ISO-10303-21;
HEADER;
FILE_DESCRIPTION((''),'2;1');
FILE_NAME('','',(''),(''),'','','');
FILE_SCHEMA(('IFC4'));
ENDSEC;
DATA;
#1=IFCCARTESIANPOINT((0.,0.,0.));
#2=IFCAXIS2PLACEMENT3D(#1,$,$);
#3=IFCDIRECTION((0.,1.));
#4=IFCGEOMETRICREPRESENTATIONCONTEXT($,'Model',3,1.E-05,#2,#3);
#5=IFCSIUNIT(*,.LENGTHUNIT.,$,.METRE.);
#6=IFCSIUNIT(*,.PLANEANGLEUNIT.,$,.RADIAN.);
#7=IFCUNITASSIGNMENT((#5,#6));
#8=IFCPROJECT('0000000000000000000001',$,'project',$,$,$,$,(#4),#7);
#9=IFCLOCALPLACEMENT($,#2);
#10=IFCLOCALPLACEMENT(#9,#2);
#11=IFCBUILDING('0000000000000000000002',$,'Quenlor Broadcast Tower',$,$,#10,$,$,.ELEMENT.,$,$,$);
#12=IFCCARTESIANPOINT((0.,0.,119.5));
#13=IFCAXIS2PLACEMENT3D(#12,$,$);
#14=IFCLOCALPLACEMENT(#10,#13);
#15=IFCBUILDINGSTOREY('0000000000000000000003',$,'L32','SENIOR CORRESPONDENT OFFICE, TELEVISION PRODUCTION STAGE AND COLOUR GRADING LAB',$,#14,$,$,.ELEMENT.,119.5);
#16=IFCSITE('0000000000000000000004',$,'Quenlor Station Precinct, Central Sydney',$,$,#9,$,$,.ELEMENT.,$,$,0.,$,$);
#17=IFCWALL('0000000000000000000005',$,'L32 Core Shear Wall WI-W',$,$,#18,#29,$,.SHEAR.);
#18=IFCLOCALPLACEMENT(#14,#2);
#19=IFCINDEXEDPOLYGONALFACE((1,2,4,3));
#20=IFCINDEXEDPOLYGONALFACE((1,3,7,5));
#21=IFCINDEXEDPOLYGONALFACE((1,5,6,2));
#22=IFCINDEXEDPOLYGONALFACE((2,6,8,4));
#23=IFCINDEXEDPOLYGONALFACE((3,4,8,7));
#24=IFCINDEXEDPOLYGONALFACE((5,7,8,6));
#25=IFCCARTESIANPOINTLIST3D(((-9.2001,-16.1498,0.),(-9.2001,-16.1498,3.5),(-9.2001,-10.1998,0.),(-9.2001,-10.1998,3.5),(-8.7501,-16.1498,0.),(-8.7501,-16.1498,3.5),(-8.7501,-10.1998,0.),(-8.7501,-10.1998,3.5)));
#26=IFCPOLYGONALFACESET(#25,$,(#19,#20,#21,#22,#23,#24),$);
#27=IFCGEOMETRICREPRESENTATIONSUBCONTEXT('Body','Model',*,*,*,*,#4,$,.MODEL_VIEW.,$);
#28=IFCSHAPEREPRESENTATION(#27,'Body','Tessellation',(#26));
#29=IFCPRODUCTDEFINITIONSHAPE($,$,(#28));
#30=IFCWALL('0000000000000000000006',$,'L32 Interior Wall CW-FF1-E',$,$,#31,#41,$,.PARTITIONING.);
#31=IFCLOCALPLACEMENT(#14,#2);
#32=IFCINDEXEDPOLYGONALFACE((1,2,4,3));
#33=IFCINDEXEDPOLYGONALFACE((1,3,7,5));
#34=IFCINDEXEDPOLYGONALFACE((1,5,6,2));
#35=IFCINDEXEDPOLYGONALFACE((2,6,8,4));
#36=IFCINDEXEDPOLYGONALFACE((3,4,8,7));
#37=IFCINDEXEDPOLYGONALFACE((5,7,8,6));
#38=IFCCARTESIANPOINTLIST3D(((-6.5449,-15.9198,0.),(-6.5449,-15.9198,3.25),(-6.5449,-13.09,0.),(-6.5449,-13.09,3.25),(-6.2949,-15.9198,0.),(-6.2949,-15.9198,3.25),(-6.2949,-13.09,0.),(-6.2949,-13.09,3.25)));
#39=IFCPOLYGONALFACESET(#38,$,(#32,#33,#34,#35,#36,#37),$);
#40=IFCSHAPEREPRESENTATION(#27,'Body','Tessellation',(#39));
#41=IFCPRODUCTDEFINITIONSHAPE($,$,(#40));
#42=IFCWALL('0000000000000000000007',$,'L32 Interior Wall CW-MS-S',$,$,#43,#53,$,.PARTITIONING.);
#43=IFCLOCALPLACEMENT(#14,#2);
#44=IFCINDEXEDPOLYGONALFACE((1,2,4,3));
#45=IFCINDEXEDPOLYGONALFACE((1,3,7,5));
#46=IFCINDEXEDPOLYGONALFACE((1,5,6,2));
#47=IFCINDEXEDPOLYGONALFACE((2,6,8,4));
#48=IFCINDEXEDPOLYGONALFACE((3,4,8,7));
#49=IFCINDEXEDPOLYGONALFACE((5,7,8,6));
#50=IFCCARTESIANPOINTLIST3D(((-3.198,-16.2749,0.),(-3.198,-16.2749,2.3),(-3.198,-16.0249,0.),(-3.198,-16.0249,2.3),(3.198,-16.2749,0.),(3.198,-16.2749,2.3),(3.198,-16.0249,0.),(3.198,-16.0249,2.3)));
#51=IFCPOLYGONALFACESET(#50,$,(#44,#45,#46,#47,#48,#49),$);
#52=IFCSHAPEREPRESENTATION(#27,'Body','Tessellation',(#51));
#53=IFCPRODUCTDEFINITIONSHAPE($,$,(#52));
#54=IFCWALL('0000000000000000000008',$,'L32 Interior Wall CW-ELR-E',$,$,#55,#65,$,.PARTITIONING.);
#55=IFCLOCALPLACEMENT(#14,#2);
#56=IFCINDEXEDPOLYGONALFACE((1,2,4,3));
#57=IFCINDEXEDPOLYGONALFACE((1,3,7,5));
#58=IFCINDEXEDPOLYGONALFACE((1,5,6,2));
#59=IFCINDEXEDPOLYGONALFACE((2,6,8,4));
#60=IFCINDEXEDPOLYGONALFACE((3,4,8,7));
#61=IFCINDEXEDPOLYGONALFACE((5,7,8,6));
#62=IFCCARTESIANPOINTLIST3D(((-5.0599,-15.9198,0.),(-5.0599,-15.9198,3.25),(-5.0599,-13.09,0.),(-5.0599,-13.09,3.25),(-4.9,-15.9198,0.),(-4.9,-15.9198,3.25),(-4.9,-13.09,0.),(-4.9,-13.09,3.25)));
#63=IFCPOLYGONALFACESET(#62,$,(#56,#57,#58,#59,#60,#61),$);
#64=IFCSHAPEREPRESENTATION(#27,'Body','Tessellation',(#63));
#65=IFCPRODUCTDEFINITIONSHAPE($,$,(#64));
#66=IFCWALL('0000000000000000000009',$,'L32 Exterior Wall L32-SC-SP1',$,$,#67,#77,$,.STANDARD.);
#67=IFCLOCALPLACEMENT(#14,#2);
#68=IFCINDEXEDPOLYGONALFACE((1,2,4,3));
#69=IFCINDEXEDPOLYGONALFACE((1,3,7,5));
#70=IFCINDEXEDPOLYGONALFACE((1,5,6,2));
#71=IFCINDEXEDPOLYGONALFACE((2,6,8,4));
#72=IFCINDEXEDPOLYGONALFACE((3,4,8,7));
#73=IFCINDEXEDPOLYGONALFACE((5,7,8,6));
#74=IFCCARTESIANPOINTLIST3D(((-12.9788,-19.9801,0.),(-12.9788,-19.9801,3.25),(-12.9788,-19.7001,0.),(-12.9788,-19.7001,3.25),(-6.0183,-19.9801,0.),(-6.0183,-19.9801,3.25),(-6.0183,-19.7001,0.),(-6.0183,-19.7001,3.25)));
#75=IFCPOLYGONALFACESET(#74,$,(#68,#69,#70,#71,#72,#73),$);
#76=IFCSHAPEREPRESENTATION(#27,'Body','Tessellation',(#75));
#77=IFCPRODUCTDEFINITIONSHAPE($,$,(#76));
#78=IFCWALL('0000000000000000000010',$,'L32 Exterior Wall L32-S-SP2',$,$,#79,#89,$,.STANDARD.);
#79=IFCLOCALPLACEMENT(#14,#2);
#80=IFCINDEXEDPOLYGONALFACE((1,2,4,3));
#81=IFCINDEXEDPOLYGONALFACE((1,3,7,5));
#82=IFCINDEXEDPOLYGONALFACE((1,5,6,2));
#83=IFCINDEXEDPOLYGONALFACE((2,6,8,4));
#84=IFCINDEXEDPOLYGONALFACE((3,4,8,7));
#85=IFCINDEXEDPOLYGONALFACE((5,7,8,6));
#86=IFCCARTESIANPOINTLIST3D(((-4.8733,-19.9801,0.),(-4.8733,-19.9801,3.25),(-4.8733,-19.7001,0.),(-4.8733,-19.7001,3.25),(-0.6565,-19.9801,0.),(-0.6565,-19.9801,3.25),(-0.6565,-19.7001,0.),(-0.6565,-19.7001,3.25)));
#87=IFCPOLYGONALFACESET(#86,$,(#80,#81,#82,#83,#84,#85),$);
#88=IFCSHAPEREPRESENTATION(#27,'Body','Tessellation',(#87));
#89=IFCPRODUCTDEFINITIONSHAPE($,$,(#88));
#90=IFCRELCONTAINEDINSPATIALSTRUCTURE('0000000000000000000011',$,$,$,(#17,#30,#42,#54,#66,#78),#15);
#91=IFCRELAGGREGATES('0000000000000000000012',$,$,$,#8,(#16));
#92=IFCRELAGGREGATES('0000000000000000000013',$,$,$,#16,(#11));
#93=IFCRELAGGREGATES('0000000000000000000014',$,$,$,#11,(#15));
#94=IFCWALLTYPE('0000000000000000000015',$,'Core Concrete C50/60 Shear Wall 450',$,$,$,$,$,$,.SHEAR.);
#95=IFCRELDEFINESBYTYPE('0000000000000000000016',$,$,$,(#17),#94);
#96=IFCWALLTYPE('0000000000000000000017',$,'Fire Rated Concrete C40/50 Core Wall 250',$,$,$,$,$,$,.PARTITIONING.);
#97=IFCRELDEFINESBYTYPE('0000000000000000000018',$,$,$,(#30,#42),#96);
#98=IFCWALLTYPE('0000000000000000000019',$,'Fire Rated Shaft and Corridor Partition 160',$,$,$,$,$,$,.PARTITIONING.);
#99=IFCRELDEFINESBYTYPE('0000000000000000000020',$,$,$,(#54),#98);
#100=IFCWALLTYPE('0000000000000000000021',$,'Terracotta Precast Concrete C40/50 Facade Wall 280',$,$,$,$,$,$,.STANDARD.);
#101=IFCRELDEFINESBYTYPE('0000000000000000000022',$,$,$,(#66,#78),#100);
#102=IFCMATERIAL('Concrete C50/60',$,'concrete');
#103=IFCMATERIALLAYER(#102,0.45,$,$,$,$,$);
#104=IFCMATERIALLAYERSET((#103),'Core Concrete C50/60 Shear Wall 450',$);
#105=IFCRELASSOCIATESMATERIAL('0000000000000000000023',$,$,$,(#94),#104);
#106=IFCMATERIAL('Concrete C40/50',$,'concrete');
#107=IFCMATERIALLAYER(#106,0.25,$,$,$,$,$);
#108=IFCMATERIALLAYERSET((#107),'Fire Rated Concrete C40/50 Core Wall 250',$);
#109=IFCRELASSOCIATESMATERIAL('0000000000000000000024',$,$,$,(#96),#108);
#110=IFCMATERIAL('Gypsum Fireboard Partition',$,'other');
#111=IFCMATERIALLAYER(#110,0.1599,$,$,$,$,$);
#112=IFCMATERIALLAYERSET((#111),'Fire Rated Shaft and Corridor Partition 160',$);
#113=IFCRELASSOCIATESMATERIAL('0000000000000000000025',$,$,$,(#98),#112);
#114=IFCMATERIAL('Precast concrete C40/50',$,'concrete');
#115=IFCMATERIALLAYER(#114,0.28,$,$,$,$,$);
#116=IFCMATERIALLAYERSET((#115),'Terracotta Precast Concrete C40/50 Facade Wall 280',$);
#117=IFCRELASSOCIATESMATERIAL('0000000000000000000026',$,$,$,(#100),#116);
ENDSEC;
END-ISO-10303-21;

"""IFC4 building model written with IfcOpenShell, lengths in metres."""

from ifc_helpers import new_model, si_unit, direction, frame, frame_2d, origin, place, context, subcontext, project, spatial, rectangle, extrude, material, layer, layer_set, type_object, element, save


model = new_model("IFC4")

# Units and contexts
model_context = context("Model", 3, precision=1e-05, world=origin(), true_north=direction((0.0, 1.0)))
body_context = subcontext(model_context, "Body", "Model", "MODEL_VIEW")
ifc_project = project(units=[si_unit("LENGTHUNIT", "METRE"), si_unit("PLANEANGLEUNIT", "RADIAN")], contexts=[model_context])

# Site, building, storey
site_placement = place(None, origin())
site = spatial("IfcSite", under=ifc_project, at=site_placement, Name="Quenlor Station Precinct, Central Sydney", CompositionType="ELEMENT", RefElevation=0.0)
building_placement = place(site_placement, origin())
building = spatial("IfcBuilding", under=site, at=building_placement, Name="Quenlor Broadcast Tower", CompositionType="ELEMENT")
storey_placement = place(building_placement, frame((0.0, 0.0, 119.5)))
storey = spatial("IfcBuildingStorey", under=building, at=storey_placement, Name="L32", Description="SENIOR CORRESPONDENT OFFICE, TELEVISION PRODUCTION STAGE AND COLOUR GRADING LAB", CompositionType="ELEMENT", Elevation=119.5)

# Walls
ifc_material_1 = material(Name="Concrete C50/60", Category="concrete")
ifc_layer_1 = layer(ifc_material_1, 0.45)
ifc_layer_set_1 = layer_set([ifc_layer_1], Name="Core Concrete C50/60 Shear Wall 450")
wall_type_1 = type_object("IfcWallType", Name="Core Concrete C50/60 Shear Wall 450", PredefinedType="SHEAR", material=ifc_layer_set_1)
wall_1_placement = place(storey_placement, frame((-8.9751, -16.1499, 0.0), z_axis=(0.0, 0.0, 1.0), x_axis=(0.0, 1.0, 0.0)))
element("IfcWall", 1, at=wall_1_placement, inside=storey, type_object=wall_type_1, Name="L32 Core Shear Wall WI-W", PredefinedType="SHEAR", context=body_context, shape_type="SweptSolid", body=[
    extrude(rectangle(XDim=5.95, YDim=0.45, at=frame_2d((2.9751, 0.0))), origin(), (0.0, 0.0, 1.0), 3.5),
])
ifc_material_2 = material(Name="Concrete C40/50", Category="concrete")
ifc_layer_2 = layer(ifc_material_2, 0.25)
ifc_layer_set_2 = layer_set([ifc_layer_2], Name="Fire Rated Concrete C40/50 Core Wall 250")
wall_type_2 = type_object("IfcWallType", Name="Fire Rated Concrete C40/50 Core Wall 250", PredefinedType="PARTITIONING", material=ifc_layer_set_2)
wall_2_placement = place(storey_placement, frame((-6.4199, -15.9199, 0.0), z_axis=(0.0, 0.0, 1.0), x_axis=(0.0, 1.0, 0.0)))
element("IfcWall", 2, at=wall_2_placement, inside=storey, type_object=wall_type_2, Name="L32 Interior Wall CW-FF1-E", PredefinedType="PARTITIONING", context=body_context, shape_type="SweptSolid", body=[
    extrude(rectangle(XDim=2.8298, YDim=0.25, at=frame_2d((1.415, 0.0))), origin(), (0.0, 0.0, 1.0), 3.25),
])
wall_3_placement = place(storey_placement, frame((-3.198, -16.1499, 0.0), z_axis=(0.0, 0.0, 1.0), x_axis=(1.0, 0.0, 0.0)))
element("IfcWall", 3, at=wall_3_placement, inside=storey, type_object=wall_type_2, Name="L32 Interior Wall CW-MS-S", PredefinedType="PARTITIONING", context=body_context, shape_type="SweptSolid", body=[
    extrude(rectangle(XDim=6.396, YDim=0.25, at=frame_2d((3.198, 0.0))), origin(), (0.0, 0.0, 1.0), 2.3),
])
ifc_material_3 = material(Name="Gypsum Fireboard Partition", Category="other")
ifc_layer_3 = layer(ifc_material_3, 0.1599)
ifc_layer_set_3 = layer_set([ifc_layer_3], Name="Fire Rated Shaft and Corridor Partition 160")
wall_type_3 = type_object("IfcWallType", Name="Fire Rated Shaft and Corridor Partition 160", PredefinedType="PARTITIONING", material=ifc_layer_set_3)
wall_4_placement = place(storey_placement, frame((-4.98, -15.9199, 0.0), z_axis=(0.0, 0.0, 1.0), x_axis=(0.0, 1.0, 0.0)))
element("IfcWall", 4, at=wall_4_placement, inside=storey, type_object=wall_type_3, Name="L32 Interior Wall CW-ELR-E", PredefinedType="PARTITIONING", context=body_context, shape_type="SweptSolid", body=[
    extrude(rectangle(XDim=2.8298, YDim=0.1599, at=frame_2d((1.415, 0.0))), origin(), (0.0, 0.0, 1.0), 3.25),
])

# Walls
ifc_material_4 = material(Name="Precast concrete C40/50", Category="concrete")
ifc_layer_4 = layer(ifc_material_4, 0.28)
ifc_layer_set_4 = layer_set([ifc_layer_4], Name="Terracotta Precast Concrete C40/50 Facade Wall 280")
wall_type_4 = type_object("IfcWallType", Name="Terracotta Precast Concrete C40/50 Facade Wall 280", PredefinedType="STANDARD", material=ifc_layer_set_4)
wall_5_placement = place(storey_placement, frame((-6.0183, -19.8401, 0.0), z_axis=(0.0, 0.0, 1.0), x_axis=(-1.0, 0.0, 0.0)))
element("IfcWall", 5, at=wall_5_placement, inside=storey, type_object=wall_type_4, Name="L32 Exterior Wall L32-SC-SP1", PredefinedType="STANDARD", context=body_context, shape_type="SweptSolid", body=[
    extrude(rectangle(XDim=6.9604, YDim=0.28, at=frame_2d((3.4802, 0.0))), origin(), (0.0, 0.0, 1.0), 3.25),
])
wall_6_placement = place(storey_placement, frame((-0.6565, -19.8401, 0.0), z_axis=(0.0, 0.0, 1.0), x_axis=(-1.0, 0.0, 0.0)))
element("IfcWall", 6, at=wall_6_placement, inside=storey, type_object=wall_type_4, Name="L32 Exterior Wall L32-S-SP2", PredefinedType="STANDARD", context=body_context, shape_type="SweptSolid", body=[
    extrude(rectangle(XDim=4.2168, YDim=0.28, at=frame_2d((2.1084, 0.0))), origin(), (0.0, 0.0, 1.0), 3.25),
])

save(model, "model.ifc")
